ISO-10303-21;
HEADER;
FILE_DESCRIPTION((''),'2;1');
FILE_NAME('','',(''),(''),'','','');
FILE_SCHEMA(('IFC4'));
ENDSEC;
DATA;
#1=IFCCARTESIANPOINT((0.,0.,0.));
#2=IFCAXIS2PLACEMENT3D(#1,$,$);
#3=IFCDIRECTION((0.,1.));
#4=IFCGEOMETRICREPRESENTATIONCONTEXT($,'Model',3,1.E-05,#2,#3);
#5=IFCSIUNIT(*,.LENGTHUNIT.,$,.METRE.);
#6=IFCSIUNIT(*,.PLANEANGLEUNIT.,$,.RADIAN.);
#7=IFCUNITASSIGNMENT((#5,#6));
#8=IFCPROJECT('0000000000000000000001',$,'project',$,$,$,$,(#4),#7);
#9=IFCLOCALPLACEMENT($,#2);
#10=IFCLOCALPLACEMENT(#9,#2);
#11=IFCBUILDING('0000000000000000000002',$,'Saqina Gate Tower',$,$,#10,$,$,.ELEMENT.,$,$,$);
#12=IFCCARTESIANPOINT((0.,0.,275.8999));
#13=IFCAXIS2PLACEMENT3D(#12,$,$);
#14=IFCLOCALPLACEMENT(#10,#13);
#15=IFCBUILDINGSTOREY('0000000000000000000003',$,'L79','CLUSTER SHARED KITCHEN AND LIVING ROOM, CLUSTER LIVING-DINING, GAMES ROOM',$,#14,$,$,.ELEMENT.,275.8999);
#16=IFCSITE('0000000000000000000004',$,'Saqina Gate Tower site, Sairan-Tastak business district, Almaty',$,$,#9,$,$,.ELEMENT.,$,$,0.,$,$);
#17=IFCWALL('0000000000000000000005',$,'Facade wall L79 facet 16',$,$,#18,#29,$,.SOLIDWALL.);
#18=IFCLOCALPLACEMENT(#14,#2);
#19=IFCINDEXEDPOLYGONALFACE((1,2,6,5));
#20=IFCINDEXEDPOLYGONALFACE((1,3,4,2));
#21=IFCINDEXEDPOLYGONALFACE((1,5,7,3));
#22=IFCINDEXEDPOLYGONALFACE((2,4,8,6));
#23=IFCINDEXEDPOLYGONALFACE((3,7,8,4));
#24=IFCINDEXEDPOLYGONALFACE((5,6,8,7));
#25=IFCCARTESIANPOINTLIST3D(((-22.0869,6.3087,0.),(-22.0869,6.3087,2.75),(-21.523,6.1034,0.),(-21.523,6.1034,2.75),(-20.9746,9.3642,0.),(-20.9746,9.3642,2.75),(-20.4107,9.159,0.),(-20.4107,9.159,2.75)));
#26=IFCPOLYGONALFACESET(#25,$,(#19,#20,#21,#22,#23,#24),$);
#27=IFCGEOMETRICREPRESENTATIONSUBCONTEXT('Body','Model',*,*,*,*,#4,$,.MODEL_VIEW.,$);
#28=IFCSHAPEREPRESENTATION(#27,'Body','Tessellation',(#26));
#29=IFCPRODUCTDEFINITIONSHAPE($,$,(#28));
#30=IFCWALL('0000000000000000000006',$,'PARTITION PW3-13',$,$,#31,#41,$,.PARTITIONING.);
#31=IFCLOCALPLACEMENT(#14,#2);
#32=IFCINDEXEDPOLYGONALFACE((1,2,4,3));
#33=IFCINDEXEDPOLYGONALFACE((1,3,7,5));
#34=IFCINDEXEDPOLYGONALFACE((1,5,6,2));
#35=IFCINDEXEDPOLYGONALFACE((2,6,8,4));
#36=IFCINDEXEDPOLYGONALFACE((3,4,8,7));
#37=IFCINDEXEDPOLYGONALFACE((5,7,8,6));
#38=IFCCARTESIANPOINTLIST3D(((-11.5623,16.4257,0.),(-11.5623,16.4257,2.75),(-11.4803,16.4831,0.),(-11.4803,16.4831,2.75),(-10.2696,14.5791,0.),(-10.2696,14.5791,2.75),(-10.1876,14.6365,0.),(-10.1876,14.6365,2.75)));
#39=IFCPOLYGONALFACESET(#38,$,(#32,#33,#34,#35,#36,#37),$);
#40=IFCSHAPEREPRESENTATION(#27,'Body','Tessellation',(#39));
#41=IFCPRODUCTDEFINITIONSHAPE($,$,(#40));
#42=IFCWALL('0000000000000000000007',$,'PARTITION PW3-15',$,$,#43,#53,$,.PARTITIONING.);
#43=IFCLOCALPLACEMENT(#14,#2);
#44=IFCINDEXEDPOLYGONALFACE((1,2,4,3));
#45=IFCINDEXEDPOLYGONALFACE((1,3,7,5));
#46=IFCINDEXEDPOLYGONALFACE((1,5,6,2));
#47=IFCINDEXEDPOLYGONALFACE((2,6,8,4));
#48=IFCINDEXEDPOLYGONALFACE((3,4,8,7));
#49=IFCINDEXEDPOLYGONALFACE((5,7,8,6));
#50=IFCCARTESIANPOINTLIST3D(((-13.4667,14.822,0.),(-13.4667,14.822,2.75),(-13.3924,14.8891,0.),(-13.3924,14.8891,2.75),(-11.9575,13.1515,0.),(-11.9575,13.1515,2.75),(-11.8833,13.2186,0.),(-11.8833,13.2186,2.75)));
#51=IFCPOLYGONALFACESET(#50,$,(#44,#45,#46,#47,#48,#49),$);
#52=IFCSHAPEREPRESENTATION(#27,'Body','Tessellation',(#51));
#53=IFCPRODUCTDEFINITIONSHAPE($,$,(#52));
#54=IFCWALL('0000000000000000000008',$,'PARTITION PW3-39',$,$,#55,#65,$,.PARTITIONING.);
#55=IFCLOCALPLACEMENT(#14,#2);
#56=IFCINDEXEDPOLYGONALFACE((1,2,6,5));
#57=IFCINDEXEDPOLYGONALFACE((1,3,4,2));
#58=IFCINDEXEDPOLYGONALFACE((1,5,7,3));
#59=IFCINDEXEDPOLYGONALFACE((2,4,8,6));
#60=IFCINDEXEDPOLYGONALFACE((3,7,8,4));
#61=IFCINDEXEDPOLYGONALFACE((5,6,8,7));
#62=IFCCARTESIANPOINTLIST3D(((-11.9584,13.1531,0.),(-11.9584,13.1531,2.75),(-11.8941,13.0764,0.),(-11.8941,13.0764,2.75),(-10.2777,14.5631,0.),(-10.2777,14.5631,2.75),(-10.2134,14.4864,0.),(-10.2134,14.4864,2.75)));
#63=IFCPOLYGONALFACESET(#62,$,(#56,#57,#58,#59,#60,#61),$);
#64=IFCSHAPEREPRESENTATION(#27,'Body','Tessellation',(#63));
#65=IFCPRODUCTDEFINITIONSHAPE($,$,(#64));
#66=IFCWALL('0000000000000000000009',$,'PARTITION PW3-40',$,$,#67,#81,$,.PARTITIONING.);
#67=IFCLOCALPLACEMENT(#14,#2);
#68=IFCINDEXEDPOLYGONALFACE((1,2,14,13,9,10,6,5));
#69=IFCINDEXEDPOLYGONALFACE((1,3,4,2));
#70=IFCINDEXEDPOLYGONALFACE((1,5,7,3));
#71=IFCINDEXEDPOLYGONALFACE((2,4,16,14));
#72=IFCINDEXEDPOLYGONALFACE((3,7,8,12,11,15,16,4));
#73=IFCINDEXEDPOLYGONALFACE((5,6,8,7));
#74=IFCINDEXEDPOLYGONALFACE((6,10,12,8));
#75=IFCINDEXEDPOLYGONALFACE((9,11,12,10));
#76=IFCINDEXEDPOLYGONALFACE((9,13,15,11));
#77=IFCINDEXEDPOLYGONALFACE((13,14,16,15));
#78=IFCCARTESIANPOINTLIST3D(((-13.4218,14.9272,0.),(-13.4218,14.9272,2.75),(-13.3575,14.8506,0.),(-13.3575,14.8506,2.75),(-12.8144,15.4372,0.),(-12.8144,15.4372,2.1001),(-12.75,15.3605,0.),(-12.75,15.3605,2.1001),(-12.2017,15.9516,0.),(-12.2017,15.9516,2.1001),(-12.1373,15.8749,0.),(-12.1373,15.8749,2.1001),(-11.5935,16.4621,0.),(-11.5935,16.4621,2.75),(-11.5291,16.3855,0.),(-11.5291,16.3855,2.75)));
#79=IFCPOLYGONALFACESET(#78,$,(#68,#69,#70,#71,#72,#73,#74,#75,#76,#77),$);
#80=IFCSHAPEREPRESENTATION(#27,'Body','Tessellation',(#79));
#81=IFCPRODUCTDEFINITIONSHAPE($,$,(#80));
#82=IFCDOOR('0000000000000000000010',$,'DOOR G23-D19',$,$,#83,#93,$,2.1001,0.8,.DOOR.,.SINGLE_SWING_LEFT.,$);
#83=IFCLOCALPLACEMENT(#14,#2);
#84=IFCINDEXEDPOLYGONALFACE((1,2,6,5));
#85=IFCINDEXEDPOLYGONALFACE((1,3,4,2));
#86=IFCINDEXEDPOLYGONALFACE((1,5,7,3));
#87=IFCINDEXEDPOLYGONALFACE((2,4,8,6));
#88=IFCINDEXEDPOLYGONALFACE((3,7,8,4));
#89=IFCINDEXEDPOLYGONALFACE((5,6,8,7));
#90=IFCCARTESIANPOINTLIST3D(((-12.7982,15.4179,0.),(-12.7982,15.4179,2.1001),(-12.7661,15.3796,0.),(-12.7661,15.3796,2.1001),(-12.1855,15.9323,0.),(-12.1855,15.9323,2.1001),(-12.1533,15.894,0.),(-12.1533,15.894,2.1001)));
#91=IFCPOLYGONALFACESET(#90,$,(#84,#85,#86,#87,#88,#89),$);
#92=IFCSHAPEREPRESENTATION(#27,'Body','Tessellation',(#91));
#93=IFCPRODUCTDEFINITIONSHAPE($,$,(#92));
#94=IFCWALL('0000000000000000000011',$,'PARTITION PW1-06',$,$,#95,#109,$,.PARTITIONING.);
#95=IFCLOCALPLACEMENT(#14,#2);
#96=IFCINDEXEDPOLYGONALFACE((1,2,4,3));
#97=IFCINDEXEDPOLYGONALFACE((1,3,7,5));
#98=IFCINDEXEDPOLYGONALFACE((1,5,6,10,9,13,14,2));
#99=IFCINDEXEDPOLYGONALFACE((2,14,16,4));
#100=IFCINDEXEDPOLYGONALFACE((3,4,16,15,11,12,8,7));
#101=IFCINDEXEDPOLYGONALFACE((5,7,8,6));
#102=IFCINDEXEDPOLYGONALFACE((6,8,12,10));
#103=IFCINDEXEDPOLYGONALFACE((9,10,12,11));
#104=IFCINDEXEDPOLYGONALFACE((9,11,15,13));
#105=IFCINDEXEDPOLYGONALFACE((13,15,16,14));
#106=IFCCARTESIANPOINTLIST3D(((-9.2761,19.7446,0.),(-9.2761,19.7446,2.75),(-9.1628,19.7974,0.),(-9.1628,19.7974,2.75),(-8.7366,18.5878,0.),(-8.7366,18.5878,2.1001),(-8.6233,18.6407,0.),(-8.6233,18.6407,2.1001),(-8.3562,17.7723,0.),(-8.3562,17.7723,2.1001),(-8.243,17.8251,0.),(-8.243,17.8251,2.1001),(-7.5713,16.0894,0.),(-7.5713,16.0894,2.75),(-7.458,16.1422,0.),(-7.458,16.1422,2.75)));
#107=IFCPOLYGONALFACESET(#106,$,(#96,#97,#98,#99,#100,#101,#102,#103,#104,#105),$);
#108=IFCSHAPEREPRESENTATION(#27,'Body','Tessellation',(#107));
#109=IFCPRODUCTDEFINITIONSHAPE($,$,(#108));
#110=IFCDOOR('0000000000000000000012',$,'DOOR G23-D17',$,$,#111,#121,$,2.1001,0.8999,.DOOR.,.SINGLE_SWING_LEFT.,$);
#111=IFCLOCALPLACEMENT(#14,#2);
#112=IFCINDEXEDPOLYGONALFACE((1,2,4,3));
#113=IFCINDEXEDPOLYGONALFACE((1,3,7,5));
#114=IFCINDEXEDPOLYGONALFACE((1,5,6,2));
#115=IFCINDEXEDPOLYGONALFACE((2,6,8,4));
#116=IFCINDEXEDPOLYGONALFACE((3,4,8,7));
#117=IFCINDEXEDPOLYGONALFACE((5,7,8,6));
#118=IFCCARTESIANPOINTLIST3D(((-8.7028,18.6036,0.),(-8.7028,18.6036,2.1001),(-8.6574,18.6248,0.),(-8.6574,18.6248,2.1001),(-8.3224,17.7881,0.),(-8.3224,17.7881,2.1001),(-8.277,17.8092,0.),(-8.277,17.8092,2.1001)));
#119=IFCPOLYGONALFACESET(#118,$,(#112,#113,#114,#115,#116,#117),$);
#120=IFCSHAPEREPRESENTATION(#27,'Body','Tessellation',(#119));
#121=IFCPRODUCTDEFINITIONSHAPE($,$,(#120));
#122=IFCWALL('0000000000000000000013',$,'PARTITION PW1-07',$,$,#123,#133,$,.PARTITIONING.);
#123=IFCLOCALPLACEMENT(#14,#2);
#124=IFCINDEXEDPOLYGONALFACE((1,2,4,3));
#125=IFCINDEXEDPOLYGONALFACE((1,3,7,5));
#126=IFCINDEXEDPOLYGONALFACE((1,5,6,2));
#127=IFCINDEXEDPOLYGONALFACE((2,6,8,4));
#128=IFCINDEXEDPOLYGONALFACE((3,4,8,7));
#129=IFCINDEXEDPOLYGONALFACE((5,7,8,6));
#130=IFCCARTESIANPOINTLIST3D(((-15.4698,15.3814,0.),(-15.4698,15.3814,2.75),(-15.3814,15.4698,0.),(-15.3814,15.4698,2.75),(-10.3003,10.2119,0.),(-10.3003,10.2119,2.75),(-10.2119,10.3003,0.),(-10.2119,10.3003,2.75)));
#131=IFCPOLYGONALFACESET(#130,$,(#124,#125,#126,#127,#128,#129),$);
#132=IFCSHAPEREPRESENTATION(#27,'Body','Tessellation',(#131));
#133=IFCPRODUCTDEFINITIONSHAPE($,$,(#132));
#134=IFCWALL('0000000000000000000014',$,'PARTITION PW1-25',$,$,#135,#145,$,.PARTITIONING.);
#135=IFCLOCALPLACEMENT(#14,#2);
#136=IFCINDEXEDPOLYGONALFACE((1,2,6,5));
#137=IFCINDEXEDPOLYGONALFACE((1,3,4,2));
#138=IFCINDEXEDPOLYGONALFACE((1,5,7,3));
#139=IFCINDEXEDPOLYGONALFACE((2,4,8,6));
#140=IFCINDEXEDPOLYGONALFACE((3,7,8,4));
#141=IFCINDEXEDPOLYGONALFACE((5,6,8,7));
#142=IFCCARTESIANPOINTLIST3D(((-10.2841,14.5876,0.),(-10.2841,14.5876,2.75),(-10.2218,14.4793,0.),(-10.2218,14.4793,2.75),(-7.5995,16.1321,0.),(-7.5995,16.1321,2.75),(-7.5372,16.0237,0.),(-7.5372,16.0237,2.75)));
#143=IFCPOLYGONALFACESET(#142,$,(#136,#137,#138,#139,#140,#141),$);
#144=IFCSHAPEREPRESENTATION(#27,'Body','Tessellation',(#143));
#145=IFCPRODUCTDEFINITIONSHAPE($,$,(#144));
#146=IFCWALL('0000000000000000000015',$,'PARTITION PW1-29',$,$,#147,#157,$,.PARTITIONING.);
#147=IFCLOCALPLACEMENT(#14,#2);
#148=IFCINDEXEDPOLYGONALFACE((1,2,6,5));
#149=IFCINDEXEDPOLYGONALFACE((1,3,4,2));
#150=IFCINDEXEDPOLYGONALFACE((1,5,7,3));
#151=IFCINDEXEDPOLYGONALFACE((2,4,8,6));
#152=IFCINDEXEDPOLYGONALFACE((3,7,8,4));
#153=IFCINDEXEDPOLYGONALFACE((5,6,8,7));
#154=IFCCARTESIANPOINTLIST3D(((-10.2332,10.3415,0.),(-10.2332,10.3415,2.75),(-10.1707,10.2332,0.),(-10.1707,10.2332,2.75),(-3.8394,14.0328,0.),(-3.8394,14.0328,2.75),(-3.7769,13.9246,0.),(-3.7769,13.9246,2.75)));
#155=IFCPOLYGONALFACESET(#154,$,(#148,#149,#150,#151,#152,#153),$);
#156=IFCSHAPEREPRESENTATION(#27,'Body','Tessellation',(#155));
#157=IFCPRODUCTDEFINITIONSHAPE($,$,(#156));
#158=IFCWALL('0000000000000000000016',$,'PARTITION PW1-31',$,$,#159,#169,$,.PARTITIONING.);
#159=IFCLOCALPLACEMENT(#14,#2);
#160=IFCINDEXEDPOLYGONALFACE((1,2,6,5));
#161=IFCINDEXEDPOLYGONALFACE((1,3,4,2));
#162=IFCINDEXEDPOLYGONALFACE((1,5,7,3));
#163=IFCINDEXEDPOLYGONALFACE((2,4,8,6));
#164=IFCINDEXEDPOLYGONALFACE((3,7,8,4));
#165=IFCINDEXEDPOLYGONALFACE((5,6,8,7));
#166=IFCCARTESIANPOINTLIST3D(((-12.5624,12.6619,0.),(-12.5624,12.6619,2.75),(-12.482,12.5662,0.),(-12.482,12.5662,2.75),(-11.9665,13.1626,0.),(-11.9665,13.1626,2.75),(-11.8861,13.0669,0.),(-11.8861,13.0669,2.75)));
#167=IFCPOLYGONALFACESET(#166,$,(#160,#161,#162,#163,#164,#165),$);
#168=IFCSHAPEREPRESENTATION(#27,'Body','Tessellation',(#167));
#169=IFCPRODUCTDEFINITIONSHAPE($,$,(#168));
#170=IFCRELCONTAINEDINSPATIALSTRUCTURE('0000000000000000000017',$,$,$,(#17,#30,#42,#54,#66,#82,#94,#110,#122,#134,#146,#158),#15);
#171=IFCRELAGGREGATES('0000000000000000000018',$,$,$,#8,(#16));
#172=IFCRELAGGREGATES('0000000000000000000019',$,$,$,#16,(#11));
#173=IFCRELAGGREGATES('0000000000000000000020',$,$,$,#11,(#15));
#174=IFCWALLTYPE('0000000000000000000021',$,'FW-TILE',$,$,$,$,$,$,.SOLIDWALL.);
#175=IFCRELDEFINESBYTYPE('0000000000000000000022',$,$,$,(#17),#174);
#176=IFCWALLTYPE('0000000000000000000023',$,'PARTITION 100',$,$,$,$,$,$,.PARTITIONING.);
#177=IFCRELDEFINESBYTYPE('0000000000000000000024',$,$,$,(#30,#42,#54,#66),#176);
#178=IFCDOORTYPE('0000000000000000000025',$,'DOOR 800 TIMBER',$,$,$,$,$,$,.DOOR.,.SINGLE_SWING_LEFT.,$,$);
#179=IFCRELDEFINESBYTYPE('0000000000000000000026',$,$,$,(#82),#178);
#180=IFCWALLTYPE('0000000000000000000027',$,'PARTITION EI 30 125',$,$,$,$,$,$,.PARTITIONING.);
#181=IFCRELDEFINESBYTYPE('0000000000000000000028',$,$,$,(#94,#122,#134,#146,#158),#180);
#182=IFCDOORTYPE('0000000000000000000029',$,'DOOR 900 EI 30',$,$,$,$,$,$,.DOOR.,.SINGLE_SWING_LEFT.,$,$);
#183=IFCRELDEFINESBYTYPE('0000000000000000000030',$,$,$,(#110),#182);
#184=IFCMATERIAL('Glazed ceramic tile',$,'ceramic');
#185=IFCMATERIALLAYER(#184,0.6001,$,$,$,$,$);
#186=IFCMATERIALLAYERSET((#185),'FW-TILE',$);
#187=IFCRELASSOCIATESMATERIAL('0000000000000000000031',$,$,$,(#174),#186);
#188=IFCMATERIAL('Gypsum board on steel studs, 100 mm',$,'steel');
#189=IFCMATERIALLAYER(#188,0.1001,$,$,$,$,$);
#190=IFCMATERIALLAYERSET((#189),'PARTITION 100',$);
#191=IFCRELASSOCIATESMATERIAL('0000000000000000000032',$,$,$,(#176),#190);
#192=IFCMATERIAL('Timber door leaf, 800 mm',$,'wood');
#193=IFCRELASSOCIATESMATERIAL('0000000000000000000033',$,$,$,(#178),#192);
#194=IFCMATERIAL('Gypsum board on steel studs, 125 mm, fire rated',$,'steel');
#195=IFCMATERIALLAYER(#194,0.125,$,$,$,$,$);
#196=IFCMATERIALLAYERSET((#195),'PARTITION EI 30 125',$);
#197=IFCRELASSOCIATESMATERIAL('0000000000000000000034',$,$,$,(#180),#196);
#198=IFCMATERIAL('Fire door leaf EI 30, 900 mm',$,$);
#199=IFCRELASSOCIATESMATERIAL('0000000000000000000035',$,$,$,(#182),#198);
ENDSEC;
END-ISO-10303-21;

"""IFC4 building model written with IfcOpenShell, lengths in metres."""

from ifc_helpers import new_model, si_unit, direction, frame, frame_2d, origin, place, context, subcontext, project, spatial, rectangle, extrude, material, layer, layer_set, type_object, element, fill, save


model = new_model("IFC4")

# Units and contexts
model_context = context("Model", 3, precision=1e-05, world=origin(), true_north=direction((0.0, 1.0)))
body_context = subcontext(model_context, "Body", "Model", "MODEL_VIEW")
ifc_project = project(units=[si_unit("LENGTHUNIT", "METRE"), si_unit("PLANEANGLEUNIT", "RADIAN")], contexts=[model_context])

# Site, building, storey
site_placement = place(None, origin())
site = spatial("IfcSite", under=ifc_project, at=site_placement, Name="Saqina Gate Tower site, Sairan-Tastak business district, Almaty", CompositionType="ELEMENT", RefElevation=0.0)
building_placement = place(site_placement, origin())
building = spatial("IfcBuilding", under=site, at=building_placement, Name="Saqina Gate Tower", CompositionType="ELEMENT")
storey_placement = place(building_placement, frame((0.0, 0.0, 275.8999)))
storey = spatial("IfcBuildingStorey", under=building, at=storey_placement, Name="L79", Description="CLUSTER SHARED KITCHEN AND LIVING ROOM, CLUSTER LIVING-DINING, GAMES ROOM", CompositionType="ELEMENT", Elevation=275.8999)

# Walls
ifc_material_1 = material(Name="Glazed ceramic tile", Category="ceramic")
ifc_layer_1 = layer(ifc_material_1, 0.6001)
ifc_layer_set_1 = layer_set([ifc_layer_1], Name="FW-TILE")
wall_type_1 = type_object("IfcWallType", Name="FW-TILE", PredefinedType="SOLIDWALL", material=ifc_layer_set_1)
wall_1_placement = place(storey_placement, frame((-20.6926, 9.2617, 0.0), z_axis=(0.0, 0.0, 1.0), x_axis=(-0.342057, -0.939679, 0.0)))
element("IfcWall", 1, at=wall_1_placement, inside=storey, type_object=wall_type_1, Name="Facade wall L79 facet 16", PredefinedType="SOLIDWALL", context=body_context, shape_type="SweptSolid", body=[
    extrude(rectangle(XDim=3.2517, YDim=0.6001, at=frame_2d((1.626, 0.0))), origin(), (0.0, 0.0, 1.0), 2.75),
])
ifc_material_2 = material(Name="Gypsum board on steel studs, 100 mm", Category="steel")
ifc_layer_2 = layer(ifc_material_2, 0.1001)
ifc_layer_set_2 = layer_set([ifc_layer_2], Name="PARTITION 100")
wall_type_2 = type_object("IfcWallType", Name="PARTITION 100", PredefinedType="PARTITIONING", material=ifc_layer_set_2)
wall_2_placement = place(storey_placement, frame((-11.5212, 16.4543, 0.0), z_axis=(0.0, 0.0, 1.0), x_axis=(0.573477, -0.819222, 0.0)))
element("IfcWall", 2, at=wall_2_placement, inside=storey, type_object=wall_type_2, Name="PARTITION PW3-13", PredefinedType="PARTITIONING", context=body_context, shape_type="SweptSolid", body=[
    extrude(rectangle(XDim=2.2542, YDim=0.1001, at=frame_2d((1.127, 0.0))), origin(), (0.0, 0.0, 1.0), 2.75),
])
wall_3_placement = place(storey_placement, frame((-13.4294, 14.8555, 0.0), z_axis=(0.0, 0.0, 1.0), x_axis=(0.670354, -0.742042, 0.0)))
element("IfcWall", 3, at=wall_3_placement, inside=storey, type_object=wall_type_2, Name="PARTITION PW3-15", PredefinedType="PARTITIONING", context=body_context, shape_type="SweptSolid", body=[
    extrude(rectangle(XDim=2.2512, YDim=0.1001, at=frame_2d((1.1255, 0.0))), origin(), (0.0, 0.0, 1.0), 2.75),
])
wall_4_placement = place(storey_placement, frame((-11.9263, 13.1147, 0.0), z_axis=(0.0, 0.0, 1.0), x_axis=(0.766119, 0.642699, 0.0)))
element("IfcWall", 4, at=wall_4_placement, inside=storey, type_object=wall_type_2, Name="PARTITION PW3-39", PredefinedType="PARTITIONING", context=body_context, shape_type="SweptSolid", body=[
    extrude(rectangle(XDim=2.1938, YDim=0.1001, at=frame_2d((1.0969, 0.0))), origin(), (0.0, 0.0, 1.0), 2.75),
])

# Walls, openings, doors
wall_5_placement = place(storey_placement, frame((-13.3896, 14.8889, 0.0), z_axis=(0.0, 0.0, 1.0), x_axis=(0.765894, 0.642967, 0.0)))
wall_5 = element("IfcWall", 5, at=wall_5_placement, inside=storey, type_object=wall_type_2, Name="PARTITION PW3-40", PredefinedType="PARTITIONING", context=body_context, shape_type="SweptSolid", body=[
    extrude(rectangle(XDim=2.3872, YDim=0.1001, at=frame_2d((1.1936, 0.0))), origin(), (0.0, 0.0, 1.0), 2.75),
])
opening_1_placement = place(wall_5_placement, frame((0.7932, 0.0, 0.0)))
opening_1 = element("IfcOpeningElement", 6, at=opening_1_placement, cuts=wall_5, PredefinedType="OPENING", context=body_context, shape_type="SweptSolid", body=[
    extrude(rectangle(XDim=0.8, YDim=2.1001, at=frame_2d((0.3999, 1.05))), frame((0.0, 0.062, 0.0), z_axis=(0.0, -1.0, 0.0), x_axis=(1.0, 0.0, 0.0)), (0.0, 0.0, 1.0), 0.124),
])
ifc_material_3 = material(Name="Timber door leaf, 800 mm", Category="wood")
door_type_1 = type_object("IfcDoorType", Name="DOOR 800 TIMBER", OperationType="SINGLE_SWING_LEFT", PredefinedType="DOOR", material=ifc_material_3)
door_1_placement = place(opening_1_placement, origin())
door_1 = element("IfcDoor", 7, at=door_1_placement, inside=storey, type_object=door_type_1, Name="DOOR G23-D19", OperationType="SINGLE_SWING_LEFT", OverallHeight=2.1001, OverallWidth=0.8, PredefinedType="DOOR", context=body_context, shape_type="SweptSolid", body=[
    extrude(rectangle(XDim=0.8, YDim=2.1001, at=frame_2d((0.3999, 1.05))), frame((0.0, 0.0249, 0.0), z_axis=(0.0, -1.0, 0.0), x_axis=(1.0, 0.0, 0.0)), (0.0, 0.0, 1.0), 0.05),
])
fill(opening_1, door_1)
ifc_material_4 = material(Name="Gypsum board on steel studs, 125 mm, fire rated", Category="steel")
ifc_layer_3 = layer(ifc_material_4, 0.125)
ifc_layer_set_3 = layer_set([ifc_layer_3], Name="PARTITION EI 30 125")
wall_type_3 = type_object("IfcWallType", Name="PARTITION EI 30 125", PredefinedType="PARTITIONING", material=ifc_layer_set_3)
wall_6_placement = place(storey_placement, frame((-9.2195, 19.771, 0.0), z_axis=(0.0, 0.0, 1.0), x_axis=(0.42269, -0.906274, 0.0)))
wall_6 = element("IfcWall", 8, at=wall_6_placement, inside=storey, type_object=wall_type_3, Name="PARTITION PW1-06", PredefinedType="PARTITIONING", context=body_context, shape_type="SweptSolid", body=[
    extrude(rectangle(XDim=4.0332, YDim=0.125, at=frame_2d((2.0166, 0.0))), origin(), (0.0, 0.0, 1.0), 2.75),
])
opening_2_placement = place(wall_6_placement, frame((1.2764, 0.0, 0.0)))
opening_2 = element("IfcOpeningElement", 9, at=opening_2_placement, cuts=wall_6, PredefinedType="OPENING", context=body_context, shape_type="SweptSolid", body=[
    extrude(rectangle(XDim=0.8999, YDim=2.1001, at=frame_2d((0.45, 1.05))), frame((0.0, 0.0745, 0.0), z_axis=(0.0, -1.0, 0.0), x_axis=(1.0, 0.0, 0.0)), (0.0, 0.0, 1.0), 0.1489),
])
ifc_material_5 = material(Name="Fire door leaf EI 30, 900 mm")
door_type_2 = type_object("IfcDoorType", Name="DOOR 900 EI 30", OperationType="SINGLE_SWING_LEFT", PredefinedType="DOOR", material=ifc_material_5)
door_2_placement = place(opening_2_placement, origin())
door_2 = element("IfcDoor", 10, at=door_2_placement, inside=storey, type_object=door_type_2, Name="DOOR G23-D17", OperationType="SINGLE_SWING_LEFT", OverallHeight=2.1001, OverallWidth=0.8999, PredefinedType="DOOR", context=body_context, shape_type="SweptSolid", body=[
    extrude(rectangle(XDim=0.8999, YDim=2.1001, at=frame_2d((0.45, 1.05))), frame((0.0, 0.0249, 0.0), z_axis=(0.0, -1.0, 0.0), x_axis=(1.0, 0.0, 0.0)), (0.0, 0.0, 1.0), 0.05),
])
fill(opening_2, door_2)

# Walls
wall_7_placement = place(storey_placement, frame((-15.4255, 15.4255, 0.0), z_axis=(0.0, 0.0, 1.0), x_axis=(0.707107, -0.707107, 0.0)))
element("IfcWall", 11, at=wall_7_placement, inside=storey, type_object=wall_type_3, Name="PARTITION PW1-07", PredefinedType="PARTITIONING", context=body_context, shape_type="SweptSolid", body=[
    extrude(rectangle(XDim=7.3108, YDim=0.125, at=frame_2d((3.6553, 0.0))), origin(), (0.0, 0.0, 1.0), 2.75),
])
wall_8_placement = place(storey_placement, frame((-10.2529, 14.5334, 0.0), z_axis=(0.0, 0.0, 1.0), x_axis=(0.866794, 0.498667, 0.0)))
element("IfcWall", 12, at=wall_8_placement, inside=storey, type_object=wall_type_3, Name="PARTITION PW1-25", PredefinedType="PARTITIONING", context=body_context, shape_type="SweptSolid", body=[
    extrude(rectangle(XDim=3.0972, YDim=0.125, at=frame_2d((1.5486, 0.0))), origin(), (0.0, 0.0, 1.0), 2.75),
])
wall_9_placement = place(storey_placement, frame((-10.2019, 10.2874, 0.0), z_axis=(0.0, 0.0, 1.0), x_axis=(0.866029, 0.499994, 0.0)))
element("IfcWall", 13, at=wall_9_placement, inside=storey, type_object=wall_type_3, Name="PARTITION PW1-29", PredefinedType="PARTITIONING", context=body_context, shape_type="SweptSolid", body=[
    extrude(rectangle(XDim=7.3828, YDim=0.125, at=frame_2d((3.6914, 0.0))), origin(), (0.0, 0.0, 1.0), 2.75),
])
wall_10_placement = place(storey_placement, frame((-12.5222, 12.614, 0.0), z_axis=(0.0, 0.0, 1.0), x_axis=(0.765618, 0.643295, 0.0)))
element("IfcWall", 14, at=wall_10_placement, inside=storey, type_object=wall_type_3, Name="PARTITION PW1-31", PredefinedType="PARTITIONING", context=body_context, shape_type="SweptSolid", body=[
    extrude(rectangle(XDim=0.7783, YDim=0.125, at=frame_2d((0.3892, 0.0))), origin(), (0.0, 0.0, 1.0), 2.75),
])

save(model, "model.ifc")
